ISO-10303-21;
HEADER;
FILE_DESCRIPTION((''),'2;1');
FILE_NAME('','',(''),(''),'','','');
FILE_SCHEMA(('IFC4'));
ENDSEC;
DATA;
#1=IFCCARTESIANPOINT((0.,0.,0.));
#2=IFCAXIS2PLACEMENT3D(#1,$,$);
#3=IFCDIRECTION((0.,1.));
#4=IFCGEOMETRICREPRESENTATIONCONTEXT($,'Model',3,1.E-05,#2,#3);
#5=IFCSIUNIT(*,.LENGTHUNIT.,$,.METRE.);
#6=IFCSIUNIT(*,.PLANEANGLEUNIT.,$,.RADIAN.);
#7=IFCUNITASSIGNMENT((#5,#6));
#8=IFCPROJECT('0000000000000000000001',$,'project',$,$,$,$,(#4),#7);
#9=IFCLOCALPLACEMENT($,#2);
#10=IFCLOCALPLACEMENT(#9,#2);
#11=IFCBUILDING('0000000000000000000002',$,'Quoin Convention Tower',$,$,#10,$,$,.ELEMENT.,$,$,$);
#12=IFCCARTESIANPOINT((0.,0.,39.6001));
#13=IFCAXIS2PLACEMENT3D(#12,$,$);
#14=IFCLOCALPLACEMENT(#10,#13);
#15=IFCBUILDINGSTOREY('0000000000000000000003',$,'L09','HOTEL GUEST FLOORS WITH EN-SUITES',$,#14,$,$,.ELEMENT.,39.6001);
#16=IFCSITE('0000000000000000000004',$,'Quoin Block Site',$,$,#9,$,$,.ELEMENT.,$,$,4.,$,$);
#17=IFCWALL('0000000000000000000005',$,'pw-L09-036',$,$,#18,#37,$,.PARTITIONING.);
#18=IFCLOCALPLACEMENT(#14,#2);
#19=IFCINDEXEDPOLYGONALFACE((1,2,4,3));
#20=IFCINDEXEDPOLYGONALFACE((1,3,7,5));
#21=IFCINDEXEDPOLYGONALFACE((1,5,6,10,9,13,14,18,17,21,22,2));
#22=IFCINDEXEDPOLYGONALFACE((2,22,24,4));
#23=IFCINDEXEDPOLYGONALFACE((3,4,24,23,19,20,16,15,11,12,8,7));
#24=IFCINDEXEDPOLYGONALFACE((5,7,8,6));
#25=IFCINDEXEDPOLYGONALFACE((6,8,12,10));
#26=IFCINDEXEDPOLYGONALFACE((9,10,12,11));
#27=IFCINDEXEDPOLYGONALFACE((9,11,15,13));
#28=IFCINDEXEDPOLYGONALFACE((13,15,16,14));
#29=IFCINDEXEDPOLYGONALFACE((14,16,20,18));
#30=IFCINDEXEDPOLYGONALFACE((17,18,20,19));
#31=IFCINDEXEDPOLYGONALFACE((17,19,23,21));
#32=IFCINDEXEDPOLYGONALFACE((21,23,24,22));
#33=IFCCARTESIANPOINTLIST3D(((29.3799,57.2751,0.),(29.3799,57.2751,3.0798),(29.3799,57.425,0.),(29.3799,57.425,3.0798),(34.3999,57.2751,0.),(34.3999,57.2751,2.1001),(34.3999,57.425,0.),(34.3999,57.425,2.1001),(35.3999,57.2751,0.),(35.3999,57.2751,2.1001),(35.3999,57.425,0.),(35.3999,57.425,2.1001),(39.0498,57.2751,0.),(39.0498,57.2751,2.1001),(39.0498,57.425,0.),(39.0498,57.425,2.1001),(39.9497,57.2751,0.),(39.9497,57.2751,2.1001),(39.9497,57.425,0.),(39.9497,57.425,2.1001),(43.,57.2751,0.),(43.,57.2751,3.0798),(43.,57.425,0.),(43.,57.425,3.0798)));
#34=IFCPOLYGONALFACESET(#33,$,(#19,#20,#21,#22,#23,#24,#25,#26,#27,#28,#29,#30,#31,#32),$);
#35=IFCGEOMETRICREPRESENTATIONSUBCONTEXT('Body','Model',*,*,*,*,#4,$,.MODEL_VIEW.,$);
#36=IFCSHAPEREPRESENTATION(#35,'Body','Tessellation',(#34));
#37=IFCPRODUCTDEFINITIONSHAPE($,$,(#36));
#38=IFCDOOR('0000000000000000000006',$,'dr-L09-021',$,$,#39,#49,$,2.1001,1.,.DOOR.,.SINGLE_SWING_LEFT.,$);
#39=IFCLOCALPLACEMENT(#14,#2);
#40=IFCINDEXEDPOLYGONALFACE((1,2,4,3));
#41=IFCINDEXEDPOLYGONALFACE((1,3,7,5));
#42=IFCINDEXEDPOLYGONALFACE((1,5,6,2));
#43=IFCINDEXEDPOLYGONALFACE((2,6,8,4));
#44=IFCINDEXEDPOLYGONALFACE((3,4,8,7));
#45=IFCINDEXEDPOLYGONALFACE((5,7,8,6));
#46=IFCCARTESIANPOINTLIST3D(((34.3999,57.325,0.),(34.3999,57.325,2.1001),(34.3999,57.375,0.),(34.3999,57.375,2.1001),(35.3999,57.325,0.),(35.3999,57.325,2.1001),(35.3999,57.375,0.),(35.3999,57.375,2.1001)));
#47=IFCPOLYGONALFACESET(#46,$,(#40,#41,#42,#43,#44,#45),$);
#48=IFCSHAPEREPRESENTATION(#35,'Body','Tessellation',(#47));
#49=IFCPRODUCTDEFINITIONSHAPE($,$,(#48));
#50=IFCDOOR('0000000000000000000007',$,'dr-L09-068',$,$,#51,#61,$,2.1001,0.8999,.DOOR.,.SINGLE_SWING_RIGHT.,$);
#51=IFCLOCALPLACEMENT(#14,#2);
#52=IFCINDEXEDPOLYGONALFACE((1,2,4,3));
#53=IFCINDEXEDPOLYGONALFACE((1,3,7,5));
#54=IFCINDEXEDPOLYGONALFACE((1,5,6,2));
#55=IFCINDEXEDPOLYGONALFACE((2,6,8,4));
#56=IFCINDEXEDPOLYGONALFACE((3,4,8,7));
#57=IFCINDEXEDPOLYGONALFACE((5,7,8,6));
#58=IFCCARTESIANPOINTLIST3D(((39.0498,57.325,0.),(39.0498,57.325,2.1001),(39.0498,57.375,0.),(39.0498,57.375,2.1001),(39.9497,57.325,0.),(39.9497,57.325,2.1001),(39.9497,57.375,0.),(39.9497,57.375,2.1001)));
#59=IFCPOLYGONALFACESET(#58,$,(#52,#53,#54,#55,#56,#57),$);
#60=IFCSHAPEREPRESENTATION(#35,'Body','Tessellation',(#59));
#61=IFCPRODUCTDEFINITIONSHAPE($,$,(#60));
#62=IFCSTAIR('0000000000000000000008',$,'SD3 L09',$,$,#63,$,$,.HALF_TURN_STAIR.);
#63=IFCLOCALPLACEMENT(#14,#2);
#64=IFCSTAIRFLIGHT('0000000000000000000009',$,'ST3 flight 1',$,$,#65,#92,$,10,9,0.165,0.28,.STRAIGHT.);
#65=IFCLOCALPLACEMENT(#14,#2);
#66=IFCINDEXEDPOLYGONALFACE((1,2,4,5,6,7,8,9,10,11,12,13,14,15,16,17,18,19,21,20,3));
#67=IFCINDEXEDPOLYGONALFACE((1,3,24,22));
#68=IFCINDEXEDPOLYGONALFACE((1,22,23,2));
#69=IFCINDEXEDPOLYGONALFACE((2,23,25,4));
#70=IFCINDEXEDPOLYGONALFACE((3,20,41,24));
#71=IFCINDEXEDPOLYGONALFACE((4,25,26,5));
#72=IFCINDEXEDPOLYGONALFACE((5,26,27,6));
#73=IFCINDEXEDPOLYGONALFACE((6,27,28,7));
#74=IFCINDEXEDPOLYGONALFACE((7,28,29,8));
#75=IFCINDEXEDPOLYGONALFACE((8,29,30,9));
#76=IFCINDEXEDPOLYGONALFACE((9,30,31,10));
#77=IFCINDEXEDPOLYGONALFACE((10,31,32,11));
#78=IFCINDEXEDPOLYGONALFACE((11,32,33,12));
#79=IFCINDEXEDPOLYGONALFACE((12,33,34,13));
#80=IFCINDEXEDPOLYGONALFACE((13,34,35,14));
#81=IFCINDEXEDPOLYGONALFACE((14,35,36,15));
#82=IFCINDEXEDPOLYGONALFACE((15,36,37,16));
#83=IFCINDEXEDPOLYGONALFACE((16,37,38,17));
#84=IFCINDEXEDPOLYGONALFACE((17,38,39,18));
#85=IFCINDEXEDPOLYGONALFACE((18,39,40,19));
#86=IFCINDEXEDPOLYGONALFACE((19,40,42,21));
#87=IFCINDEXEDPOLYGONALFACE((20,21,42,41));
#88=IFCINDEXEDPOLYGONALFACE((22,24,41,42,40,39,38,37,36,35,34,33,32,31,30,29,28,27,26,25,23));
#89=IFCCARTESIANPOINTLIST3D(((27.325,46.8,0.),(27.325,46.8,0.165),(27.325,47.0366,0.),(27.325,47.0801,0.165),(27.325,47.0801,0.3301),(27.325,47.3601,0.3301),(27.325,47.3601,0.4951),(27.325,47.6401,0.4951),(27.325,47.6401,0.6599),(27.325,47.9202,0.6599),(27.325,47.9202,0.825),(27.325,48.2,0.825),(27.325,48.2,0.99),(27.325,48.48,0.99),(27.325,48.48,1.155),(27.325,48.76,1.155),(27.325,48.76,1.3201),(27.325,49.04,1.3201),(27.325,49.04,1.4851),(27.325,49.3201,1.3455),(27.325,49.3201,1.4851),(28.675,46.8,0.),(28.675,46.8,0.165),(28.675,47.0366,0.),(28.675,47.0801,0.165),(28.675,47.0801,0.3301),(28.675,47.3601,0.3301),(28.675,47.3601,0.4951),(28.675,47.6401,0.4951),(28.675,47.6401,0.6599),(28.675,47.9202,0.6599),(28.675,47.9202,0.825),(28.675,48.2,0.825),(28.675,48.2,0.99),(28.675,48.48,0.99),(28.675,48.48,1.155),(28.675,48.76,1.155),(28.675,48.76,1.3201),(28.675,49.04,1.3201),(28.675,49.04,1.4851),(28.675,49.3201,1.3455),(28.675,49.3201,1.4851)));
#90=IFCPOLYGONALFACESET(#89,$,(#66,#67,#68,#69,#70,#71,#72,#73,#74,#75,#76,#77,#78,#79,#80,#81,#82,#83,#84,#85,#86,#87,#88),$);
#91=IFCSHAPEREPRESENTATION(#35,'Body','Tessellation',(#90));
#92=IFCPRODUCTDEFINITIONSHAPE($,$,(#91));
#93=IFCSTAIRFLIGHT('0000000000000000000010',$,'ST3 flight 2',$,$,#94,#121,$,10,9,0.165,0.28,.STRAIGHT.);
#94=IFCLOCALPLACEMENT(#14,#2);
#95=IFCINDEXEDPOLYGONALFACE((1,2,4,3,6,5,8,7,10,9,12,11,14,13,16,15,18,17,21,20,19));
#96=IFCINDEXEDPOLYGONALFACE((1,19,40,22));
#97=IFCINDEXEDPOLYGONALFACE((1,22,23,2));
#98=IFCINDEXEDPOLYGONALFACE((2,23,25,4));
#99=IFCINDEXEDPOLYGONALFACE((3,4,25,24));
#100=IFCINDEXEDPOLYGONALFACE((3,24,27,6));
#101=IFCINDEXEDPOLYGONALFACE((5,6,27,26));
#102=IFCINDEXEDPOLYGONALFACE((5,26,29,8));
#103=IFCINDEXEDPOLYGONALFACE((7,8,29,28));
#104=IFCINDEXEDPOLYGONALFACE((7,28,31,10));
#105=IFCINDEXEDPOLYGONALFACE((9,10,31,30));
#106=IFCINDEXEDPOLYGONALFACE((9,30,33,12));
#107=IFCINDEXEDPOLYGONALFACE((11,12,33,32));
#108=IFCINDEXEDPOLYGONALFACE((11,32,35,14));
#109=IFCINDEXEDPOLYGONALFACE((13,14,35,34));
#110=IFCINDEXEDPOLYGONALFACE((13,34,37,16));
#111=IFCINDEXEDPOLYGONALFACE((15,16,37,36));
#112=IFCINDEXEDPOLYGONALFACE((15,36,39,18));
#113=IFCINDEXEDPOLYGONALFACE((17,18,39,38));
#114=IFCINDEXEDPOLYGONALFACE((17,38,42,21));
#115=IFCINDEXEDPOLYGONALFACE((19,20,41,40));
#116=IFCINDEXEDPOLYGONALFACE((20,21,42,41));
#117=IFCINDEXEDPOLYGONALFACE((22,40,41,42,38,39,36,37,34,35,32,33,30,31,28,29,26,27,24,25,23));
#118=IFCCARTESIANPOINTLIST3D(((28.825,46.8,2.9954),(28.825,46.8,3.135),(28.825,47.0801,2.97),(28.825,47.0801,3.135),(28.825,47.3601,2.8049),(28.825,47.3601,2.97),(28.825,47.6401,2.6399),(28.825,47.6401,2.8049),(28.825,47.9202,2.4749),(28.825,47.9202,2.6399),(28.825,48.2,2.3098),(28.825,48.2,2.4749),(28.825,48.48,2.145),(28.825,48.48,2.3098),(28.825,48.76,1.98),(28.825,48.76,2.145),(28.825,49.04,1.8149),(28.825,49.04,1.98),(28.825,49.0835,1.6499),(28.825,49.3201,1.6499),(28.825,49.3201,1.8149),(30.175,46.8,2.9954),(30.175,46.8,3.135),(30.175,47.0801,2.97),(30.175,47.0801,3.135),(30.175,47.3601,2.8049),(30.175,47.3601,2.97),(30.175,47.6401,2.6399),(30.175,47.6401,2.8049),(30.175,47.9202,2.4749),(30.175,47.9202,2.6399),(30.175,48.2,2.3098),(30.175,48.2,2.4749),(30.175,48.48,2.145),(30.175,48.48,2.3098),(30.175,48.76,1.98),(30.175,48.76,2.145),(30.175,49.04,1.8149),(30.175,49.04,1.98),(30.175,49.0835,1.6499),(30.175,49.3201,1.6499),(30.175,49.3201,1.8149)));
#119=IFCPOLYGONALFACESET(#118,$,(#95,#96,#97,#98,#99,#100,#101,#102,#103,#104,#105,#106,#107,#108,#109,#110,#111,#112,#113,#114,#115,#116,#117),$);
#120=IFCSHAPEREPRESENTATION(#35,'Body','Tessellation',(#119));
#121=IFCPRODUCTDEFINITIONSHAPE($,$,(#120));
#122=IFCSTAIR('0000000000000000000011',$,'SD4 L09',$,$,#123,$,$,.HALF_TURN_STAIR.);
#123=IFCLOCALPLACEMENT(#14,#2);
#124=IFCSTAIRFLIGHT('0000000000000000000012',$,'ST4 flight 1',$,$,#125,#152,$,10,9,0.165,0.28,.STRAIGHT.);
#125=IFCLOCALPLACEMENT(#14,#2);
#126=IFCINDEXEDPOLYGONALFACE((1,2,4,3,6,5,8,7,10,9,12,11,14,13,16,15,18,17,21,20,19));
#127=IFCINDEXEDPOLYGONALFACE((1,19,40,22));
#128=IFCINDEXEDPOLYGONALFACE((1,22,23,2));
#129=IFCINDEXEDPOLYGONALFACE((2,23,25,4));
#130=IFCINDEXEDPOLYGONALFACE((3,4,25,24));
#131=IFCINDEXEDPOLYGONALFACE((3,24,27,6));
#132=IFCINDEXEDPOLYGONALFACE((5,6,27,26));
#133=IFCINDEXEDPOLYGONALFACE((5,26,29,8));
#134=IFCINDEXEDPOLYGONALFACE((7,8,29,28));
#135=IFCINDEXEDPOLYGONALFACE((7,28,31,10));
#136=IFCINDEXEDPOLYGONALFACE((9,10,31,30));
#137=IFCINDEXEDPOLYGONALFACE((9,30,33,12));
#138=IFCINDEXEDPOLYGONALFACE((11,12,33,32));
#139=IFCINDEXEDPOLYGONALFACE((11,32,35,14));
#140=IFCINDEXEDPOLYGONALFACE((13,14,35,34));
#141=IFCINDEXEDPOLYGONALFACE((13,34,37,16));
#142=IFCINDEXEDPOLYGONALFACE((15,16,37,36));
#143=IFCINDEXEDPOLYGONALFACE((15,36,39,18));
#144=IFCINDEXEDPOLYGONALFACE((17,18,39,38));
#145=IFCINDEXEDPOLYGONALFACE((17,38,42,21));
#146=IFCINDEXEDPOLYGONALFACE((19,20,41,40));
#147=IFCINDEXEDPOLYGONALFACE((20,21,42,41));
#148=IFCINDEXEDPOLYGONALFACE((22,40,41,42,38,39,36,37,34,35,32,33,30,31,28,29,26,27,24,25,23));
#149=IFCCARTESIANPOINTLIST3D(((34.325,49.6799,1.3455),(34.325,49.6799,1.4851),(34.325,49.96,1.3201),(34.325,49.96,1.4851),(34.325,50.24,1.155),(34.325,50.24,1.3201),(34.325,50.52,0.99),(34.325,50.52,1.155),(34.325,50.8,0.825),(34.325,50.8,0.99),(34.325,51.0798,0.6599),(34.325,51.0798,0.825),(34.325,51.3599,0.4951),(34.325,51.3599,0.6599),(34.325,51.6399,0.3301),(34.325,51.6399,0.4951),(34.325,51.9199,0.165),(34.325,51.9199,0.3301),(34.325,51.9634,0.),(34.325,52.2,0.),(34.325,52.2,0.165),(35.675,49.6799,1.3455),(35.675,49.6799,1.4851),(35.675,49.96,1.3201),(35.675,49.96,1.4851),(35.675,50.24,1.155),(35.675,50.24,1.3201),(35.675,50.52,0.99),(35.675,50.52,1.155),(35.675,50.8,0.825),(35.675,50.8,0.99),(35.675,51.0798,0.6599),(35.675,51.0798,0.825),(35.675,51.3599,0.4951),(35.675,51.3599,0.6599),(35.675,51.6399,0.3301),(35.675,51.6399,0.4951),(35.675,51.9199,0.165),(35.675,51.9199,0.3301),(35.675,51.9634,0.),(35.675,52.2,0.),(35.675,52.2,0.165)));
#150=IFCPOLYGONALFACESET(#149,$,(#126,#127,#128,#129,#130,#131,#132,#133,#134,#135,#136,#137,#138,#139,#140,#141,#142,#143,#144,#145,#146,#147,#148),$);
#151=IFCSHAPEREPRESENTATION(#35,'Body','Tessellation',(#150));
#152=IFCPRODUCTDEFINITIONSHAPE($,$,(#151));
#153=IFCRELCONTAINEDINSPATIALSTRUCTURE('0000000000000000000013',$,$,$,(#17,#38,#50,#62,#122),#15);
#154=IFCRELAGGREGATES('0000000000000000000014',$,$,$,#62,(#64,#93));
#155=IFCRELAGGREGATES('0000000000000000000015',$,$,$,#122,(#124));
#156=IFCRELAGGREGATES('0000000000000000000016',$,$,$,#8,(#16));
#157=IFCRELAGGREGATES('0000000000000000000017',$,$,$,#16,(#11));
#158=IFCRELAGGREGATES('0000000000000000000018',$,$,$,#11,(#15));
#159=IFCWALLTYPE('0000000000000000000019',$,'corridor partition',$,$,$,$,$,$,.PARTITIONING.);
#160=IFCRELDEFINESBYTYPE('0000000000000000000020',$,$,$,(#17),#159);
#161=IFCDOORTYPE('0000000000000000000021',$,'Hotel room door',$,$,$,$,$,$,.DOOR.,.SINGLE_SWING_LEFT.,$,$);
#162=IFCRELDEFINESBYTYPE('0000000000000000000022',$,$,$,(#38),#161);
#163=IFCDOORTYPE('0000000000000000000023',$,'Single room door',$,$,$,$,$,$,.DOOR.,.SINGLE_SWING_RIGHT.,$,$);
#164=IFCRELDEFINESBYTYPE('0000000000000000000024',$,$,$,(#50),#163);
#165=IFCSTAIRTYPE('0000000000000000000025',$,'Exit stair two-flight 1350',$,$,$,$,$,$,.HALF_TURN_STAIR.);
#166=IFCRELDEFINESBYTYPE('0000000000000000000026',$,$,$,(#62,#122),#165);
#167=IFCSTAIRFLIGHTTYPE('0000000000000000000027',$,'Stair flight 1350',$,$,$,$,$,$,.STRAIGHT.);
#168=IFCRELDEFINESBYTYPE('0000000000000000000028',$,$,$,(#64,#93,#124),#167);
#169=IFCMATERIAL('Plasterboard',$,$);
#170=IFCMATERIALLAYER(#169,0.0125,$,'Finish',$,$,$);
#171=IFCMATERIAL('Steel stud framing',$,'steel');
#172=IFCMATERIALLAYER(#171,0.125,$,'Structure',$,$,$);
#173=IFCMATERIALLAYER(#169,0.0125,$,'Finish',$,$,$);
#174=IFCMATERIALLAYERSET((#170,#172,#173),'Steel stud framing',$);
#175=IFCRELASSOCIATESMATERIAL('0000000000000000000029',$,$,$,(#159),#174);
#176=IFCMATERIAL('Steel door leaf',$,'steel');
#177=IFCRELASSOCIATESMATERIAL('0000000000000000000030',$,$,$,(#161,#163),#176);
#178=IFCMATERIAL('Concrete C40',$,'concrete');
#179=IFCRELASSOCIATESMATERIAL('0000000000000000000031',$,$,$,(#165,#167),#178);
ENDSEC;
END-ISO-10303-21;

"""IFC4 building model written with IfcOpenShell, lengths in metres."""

from ifc_helpers import new_model, si_unit, direction, frame, frame_2d, origin, place, context, subcontext, project, spatial, polyline, rectangle, outline, extrude, material, layer, layer_set, type_object, element, fill, aggregate, save


model = new_model("IFC4")

# Units and contexts
model_context = context("Model", 3, precision=1e-05, world=origin(), true_north=direction((0.0, 1.0)))
body_context = subcontext(model_context, "Body", "Model", "MODEL_VIEW")
ifc_project = project(units=[si_unit("LENGTHUNIT", "METRE"), si_unit("PLANEANGLEUNIT", "RADIAN")], contexts=[model_context])

# Site, building, storey
site_placement = place(None, origin())
site = spatial("IfcSite", under=ifc_project, at=site_placement, Name="Quoin Block Site", CompositionType="ELEMENT", RefElevation=4.0)
building_placement = place(site_placement, origin())
building = spatial("IfcBuilding", under=site, at=building_placement, Name="Quoin Convention Tower", CompositionType="ELEMENT")
storey_placement = place(building_placement, frame((0.0, 0.0, 39.6001)))
storey = spatial("IfcBuildingStorey", under=building, at=storey_placement, Name="L09", Description="HOTEL GUEST FLOORS WITH EN-SUITES", CompositionType="ELEMENT", Elevation=39.6001)

# Shared definitions
ifc_material_1 = material(Name="Steel door leaf", Category="steel")

# Wall, openings, doors
ifc_material_2 = material(Name="Plasterboard")
ifc_layer_1 = layer(ifc_material_2, 0.0125, Name="Finish")
ifc_material_3 = material(Name="Steel stud framing", Category="steel")
ifc_layer_2 = layer(ifc_material_3, 0.125, Name="Structure")
ifc_layer_3 = layer(ifc_material_2, 0.0125, Name="Finish")
ifc_layer_set_1 = layer_set([ifc_layer_1, ifc_layer_2, ifc_layer_3], Name="Steel stud framing")
wall_type_1 = type_object("IfcWallType", Name="corridor partition", PredefinedType="PARTITIONING", material=ifc_layer_set_1)
wall_1_placement = place(storey_placement, frame((29.3799, 57.3501, 0.0), z_axis=(0.0, 0.0, 1.0), x_axis=(1.0, 0.0, 0.0)))
wall_1 = element("IfcWall", 1, at=wall_1_placement, inside=storey, type_object=wall_type_1, Name="pw-L09-036", PredefinedType="PARTITIONING", context=body_context, shape_type="SweptSolid", body=[
    extrude(rectangle(XDim=13.6201, YDim=0.1499, at=frame_2d((6.8101, 0.0))), origin(), (0.0, 0.0, 1.0), 3.0798),
])
opening_1_placement = place(wall_1_placement, frame((5.02, 0.0, 0.0)))
opening_1 = element("IfcOpeningElement", 2, at=opening_1_placement, cuts=wall_1, PredefinedType="OPENING", context=body_context, shape_type="SweptSolid", body=[
    extrude(rectangle(XDim=1.0, YDim=2.1001, at=frame_2d((0.5, 1.05))), frame((0.0, 0.085, 0.0), z_axis=(0.0, -1.0, 0.0), x_axis=(1.0, 0.0, 0.0)), (0.0, 0.0, 1.0), 0.1699),
])
opening_2_placement = place(wall_1_placement, frame((9.6699, 0.0, 0.0)))
opening_2 = element("IfcOpeningElement", 3, at=opening_2_placement, cuts=wall_1, PredefinedType="OPENING", context=body_context, shape_type="SweptSolid", body=[
    extrude(rectangle(XDim=0.8999, YDim=2.1001, at=frame_2d((0.45, 1.05))), frame((0.0, 0.085, 0.0), z_axis=(0.0, -1.0, 0.0), x_axis=(1.0, 0.0, 0.0)), (0.0, 0.0, 1.0), 0.1699),
])
door_type_1 = type_object("IfcDoorType", Name="Hotel room door", OperationType="SINGLE_SWING_LEFT", PredefinedType="DOOR", material=ifc_material_1)
door_1_placement = place(opening_1_placement, origin())
door_1 = element("IfcDoor", 4, at=door_1_placement, inside=storey, type_object=door_type_1, Name="dr-L09-021", OperationType="SINGLE_SWING_LEFT", OverallHeight=2.1001, OverallWidth=1.0, PredefinedType="DOOR", context=body_context, shape_type="SweptSolid", body=[
    extrude(rectangle(XDim=1.0, YDim=2.1001, at=frame_2d((0.5, 1.05))), frame((0.0, 0.0249, 0.0), z_axis=(0.0, -1.0, 0.0), x_axis=(1.0, 0.0, 0.0)), (0.0, 0.0, 1.0), 0.05),
])
fill(opening_1, door_1)
door_type_2 = type_object("IfcDoorType", Name="Single room door", OperationType="SINGLE_SWING_RIGHT", PredefinedType="DOOR", material=ifc_material_1)
door_2_placement = place(opening_2_placement, origin())
door_2 = element("IfcDoor", 5, at=door_2_placement, inside=storey, type_object=door_type_2, Name="dr-L09-068", OperationType="SINGLE_SWING_RIGHT", OverallHeight=2.1001, OverallWidth=0.8999, PredefinedType="DOOR", context=body_context, shape_type="SweptSolid", body=[
    extrude(rectangle(XDim=0.8999, YDim=2.1001, at=frame_2d((0.45, 1.05))), frame((0.0, 0.0249, 0.0), z_axis=(0.0, -1.0, 0.0), x_axis=(1.0, 0.0, 0.0)), (0.0, 0.0, 1.0), 0.05),
])
fill(opening_2, door_2)

# Stairs, stair flights
ifc_material_4 = material(Name="Concrete C40", Category="concrete")
stair_type = type_object("IfcStairType", Name="Exit stair two-flight 1350", PredefinedType="HALF_TURN_STAIR", material=ifc_material_4)
stair_1_placement = place(storey_placement, origin())
stair_1 = element("IfcStair", 6, at=stair_1_placement, inside=storey, type_object=stair_type, Name="SD3 L09", PredefinedType="HALF_TURN_STAIR")
stair_flight_type = type_object("IfcStairFlightType", Name="Stair flight 1350", PredefinedType="STRAIGHT", material=ifc_material_4)
stair_flight_1_placement = place(storey_placement, frame((28.0, 46.8, 0.0), z_axis=(0.0, 0.0, 1.0), x_axis=(0.0, 1.0, 0.0)))
stair_flight_1 = element("IfcStairFlight", 7, at=stair_flight_1_placement, type_object=stair_flight_type, Name="ST3 flight 1", NumberOfRisers=10, NumberOfTreads=9, PredefinedType="STRAIGHT", RiserHeight=0.165, TreadLength=0.28, context=body_context, shape_type="SweptSolid", body=[
    extrude(outline(polyline([(0.0, 0.0), (0.0, 0.165), (0.28, 0.165), (0.28, 0.3301), (0.5601, 0.3301), (0.5601, 0.4951), (0.8401, 0.4951), (0.8401, 0.6599), (1.1201, 0.6599), (1.1201, 0.825), (1.3999, 0.825), (1.3999, 0.99), (1.6799, 0.99), (1.6799, 1.155), (1.96, 1.155), (1.96, 1.3201), (2.24, 1.3201), (2.24, 1.4851), (2.52, 1.4851), (2.52, 1.6499), (2.52, 1.3455), (0.2366, 0.0), (0.0, 0.0)])), frame((0.0, 0.675, 0.0), z_axis=(0.0, -1.0, 0.0), x_axis=(1.0, 0.0, 0.0)), (0.0, 0.0, 1.0), 1.3501),
])
stair_flight_2_placement = place(storey_placement, frame((29.5, 49.3201, 1.6499), z_axis=(0.0, 0.0, 1.0), x_axis=(0.0, -1.0, 0.0)))
stair_flight_2 = element("IfcStairFlight", 8, at=stair_flight_2_placement, type_object=stair_flight_type, Name="ST3 flight 2", NumberOfRisers=10, NumberOfTreads=9, PredefinedType="STRAIGHT", RiserHeight=0.165, TreadLength=0.28, context=body_context, shape_type="SweptSolid", body=[
    extrude(outline(polyline([(0.0, 0.0), (0.0, 0.165), (0.28, 0.165), (0.28, 0.3301), (0.5601, 0.3301), (0.5601, 0.4951), (0.8401, 0.4951), (0.8401, 0.6599), (1.1201, 0.6599), (1.1201, 0.825), (1.3999, 0.825), (1.3999, 0.99), (1.6799, 0.99), (1.6799, 1.155), (1.96, 1.155), (1.96, 1.3201), (2.24, 1.3201), (2.24, 1.4851), (2.52, 1.4851), (2.52, 1.6499), (2.52, 1.3455), (0.2366, 0.0), (0.0, 0.0)])), frame((0.0, 0.675, 0.0), z_axis=(0.0, -1.0, 0.0), x_axis=(1.0, 0.0, 0.0)), (0.0, 0.0, 1.0), 1.3501),
])
aggregate(stair_1, [stair_flight_1, stair_flight_2])
stair_2_placement = place(storey_placement, origin())
stair_2 = element("IfcStair", 9, at=stair_2_placement, inside=storey, type_object=stair_type, Name="SD4 L09", PredefinedType="HALF_TURN_STAIR")
stair_flight_3_placement = place(storey_placement, frame((35.0, 52.2, 0.0), z_axis=(0.0, 0.0, 1.0), x_axis=(0.0, -1.0, 0.0)))
stair_flight_3 = element("IfcStairFlight", 10, at=stair_flight_3_placement, type_object=stair_flight_type, Name="ST4 flight 1", NumberOfRisers=10, NumberOfTreads=9, PredefinedType="STRAIGHT", RiserHeight=0.165, TreadLength=0.28, context=body_context, shape_type="SweptSolid", body=[
    extrude(outline(polyline([(0.0, 0.0), (0.0, 0.165), (0.28, 0.165), (0.28, 0.3301), (0.5601, 0.3301), (0.5601, 0.4951), (0.8401, 0.4951), (0.8401, 0.6599), (1.1201, 0.6599), (1.1201, 0.825), (1.3999, 0.825), (1.3999, 0.99), (1.6799, 0.99), (1.6799, 1.155), (1.96, 1.155), (1.96, 1.3201), (2.24, 1.3201), (2.24, 1.4851), (2.52, 1.4851), (2.52, 1.6499), (2.52, 1.3455), (0.2366, 0.0), (0.0, 0.0)])), frame((0.0, 0.675, 0.0), z_axis=(0.0, -1.0, 0.0), x_axis=(1.0, 0.0, 0.0)), (0.0, 0.0, 1.0), 1.3501),
])
aggregate(stair_2, [stair_flight_3])

save(model, "model.ifc")
